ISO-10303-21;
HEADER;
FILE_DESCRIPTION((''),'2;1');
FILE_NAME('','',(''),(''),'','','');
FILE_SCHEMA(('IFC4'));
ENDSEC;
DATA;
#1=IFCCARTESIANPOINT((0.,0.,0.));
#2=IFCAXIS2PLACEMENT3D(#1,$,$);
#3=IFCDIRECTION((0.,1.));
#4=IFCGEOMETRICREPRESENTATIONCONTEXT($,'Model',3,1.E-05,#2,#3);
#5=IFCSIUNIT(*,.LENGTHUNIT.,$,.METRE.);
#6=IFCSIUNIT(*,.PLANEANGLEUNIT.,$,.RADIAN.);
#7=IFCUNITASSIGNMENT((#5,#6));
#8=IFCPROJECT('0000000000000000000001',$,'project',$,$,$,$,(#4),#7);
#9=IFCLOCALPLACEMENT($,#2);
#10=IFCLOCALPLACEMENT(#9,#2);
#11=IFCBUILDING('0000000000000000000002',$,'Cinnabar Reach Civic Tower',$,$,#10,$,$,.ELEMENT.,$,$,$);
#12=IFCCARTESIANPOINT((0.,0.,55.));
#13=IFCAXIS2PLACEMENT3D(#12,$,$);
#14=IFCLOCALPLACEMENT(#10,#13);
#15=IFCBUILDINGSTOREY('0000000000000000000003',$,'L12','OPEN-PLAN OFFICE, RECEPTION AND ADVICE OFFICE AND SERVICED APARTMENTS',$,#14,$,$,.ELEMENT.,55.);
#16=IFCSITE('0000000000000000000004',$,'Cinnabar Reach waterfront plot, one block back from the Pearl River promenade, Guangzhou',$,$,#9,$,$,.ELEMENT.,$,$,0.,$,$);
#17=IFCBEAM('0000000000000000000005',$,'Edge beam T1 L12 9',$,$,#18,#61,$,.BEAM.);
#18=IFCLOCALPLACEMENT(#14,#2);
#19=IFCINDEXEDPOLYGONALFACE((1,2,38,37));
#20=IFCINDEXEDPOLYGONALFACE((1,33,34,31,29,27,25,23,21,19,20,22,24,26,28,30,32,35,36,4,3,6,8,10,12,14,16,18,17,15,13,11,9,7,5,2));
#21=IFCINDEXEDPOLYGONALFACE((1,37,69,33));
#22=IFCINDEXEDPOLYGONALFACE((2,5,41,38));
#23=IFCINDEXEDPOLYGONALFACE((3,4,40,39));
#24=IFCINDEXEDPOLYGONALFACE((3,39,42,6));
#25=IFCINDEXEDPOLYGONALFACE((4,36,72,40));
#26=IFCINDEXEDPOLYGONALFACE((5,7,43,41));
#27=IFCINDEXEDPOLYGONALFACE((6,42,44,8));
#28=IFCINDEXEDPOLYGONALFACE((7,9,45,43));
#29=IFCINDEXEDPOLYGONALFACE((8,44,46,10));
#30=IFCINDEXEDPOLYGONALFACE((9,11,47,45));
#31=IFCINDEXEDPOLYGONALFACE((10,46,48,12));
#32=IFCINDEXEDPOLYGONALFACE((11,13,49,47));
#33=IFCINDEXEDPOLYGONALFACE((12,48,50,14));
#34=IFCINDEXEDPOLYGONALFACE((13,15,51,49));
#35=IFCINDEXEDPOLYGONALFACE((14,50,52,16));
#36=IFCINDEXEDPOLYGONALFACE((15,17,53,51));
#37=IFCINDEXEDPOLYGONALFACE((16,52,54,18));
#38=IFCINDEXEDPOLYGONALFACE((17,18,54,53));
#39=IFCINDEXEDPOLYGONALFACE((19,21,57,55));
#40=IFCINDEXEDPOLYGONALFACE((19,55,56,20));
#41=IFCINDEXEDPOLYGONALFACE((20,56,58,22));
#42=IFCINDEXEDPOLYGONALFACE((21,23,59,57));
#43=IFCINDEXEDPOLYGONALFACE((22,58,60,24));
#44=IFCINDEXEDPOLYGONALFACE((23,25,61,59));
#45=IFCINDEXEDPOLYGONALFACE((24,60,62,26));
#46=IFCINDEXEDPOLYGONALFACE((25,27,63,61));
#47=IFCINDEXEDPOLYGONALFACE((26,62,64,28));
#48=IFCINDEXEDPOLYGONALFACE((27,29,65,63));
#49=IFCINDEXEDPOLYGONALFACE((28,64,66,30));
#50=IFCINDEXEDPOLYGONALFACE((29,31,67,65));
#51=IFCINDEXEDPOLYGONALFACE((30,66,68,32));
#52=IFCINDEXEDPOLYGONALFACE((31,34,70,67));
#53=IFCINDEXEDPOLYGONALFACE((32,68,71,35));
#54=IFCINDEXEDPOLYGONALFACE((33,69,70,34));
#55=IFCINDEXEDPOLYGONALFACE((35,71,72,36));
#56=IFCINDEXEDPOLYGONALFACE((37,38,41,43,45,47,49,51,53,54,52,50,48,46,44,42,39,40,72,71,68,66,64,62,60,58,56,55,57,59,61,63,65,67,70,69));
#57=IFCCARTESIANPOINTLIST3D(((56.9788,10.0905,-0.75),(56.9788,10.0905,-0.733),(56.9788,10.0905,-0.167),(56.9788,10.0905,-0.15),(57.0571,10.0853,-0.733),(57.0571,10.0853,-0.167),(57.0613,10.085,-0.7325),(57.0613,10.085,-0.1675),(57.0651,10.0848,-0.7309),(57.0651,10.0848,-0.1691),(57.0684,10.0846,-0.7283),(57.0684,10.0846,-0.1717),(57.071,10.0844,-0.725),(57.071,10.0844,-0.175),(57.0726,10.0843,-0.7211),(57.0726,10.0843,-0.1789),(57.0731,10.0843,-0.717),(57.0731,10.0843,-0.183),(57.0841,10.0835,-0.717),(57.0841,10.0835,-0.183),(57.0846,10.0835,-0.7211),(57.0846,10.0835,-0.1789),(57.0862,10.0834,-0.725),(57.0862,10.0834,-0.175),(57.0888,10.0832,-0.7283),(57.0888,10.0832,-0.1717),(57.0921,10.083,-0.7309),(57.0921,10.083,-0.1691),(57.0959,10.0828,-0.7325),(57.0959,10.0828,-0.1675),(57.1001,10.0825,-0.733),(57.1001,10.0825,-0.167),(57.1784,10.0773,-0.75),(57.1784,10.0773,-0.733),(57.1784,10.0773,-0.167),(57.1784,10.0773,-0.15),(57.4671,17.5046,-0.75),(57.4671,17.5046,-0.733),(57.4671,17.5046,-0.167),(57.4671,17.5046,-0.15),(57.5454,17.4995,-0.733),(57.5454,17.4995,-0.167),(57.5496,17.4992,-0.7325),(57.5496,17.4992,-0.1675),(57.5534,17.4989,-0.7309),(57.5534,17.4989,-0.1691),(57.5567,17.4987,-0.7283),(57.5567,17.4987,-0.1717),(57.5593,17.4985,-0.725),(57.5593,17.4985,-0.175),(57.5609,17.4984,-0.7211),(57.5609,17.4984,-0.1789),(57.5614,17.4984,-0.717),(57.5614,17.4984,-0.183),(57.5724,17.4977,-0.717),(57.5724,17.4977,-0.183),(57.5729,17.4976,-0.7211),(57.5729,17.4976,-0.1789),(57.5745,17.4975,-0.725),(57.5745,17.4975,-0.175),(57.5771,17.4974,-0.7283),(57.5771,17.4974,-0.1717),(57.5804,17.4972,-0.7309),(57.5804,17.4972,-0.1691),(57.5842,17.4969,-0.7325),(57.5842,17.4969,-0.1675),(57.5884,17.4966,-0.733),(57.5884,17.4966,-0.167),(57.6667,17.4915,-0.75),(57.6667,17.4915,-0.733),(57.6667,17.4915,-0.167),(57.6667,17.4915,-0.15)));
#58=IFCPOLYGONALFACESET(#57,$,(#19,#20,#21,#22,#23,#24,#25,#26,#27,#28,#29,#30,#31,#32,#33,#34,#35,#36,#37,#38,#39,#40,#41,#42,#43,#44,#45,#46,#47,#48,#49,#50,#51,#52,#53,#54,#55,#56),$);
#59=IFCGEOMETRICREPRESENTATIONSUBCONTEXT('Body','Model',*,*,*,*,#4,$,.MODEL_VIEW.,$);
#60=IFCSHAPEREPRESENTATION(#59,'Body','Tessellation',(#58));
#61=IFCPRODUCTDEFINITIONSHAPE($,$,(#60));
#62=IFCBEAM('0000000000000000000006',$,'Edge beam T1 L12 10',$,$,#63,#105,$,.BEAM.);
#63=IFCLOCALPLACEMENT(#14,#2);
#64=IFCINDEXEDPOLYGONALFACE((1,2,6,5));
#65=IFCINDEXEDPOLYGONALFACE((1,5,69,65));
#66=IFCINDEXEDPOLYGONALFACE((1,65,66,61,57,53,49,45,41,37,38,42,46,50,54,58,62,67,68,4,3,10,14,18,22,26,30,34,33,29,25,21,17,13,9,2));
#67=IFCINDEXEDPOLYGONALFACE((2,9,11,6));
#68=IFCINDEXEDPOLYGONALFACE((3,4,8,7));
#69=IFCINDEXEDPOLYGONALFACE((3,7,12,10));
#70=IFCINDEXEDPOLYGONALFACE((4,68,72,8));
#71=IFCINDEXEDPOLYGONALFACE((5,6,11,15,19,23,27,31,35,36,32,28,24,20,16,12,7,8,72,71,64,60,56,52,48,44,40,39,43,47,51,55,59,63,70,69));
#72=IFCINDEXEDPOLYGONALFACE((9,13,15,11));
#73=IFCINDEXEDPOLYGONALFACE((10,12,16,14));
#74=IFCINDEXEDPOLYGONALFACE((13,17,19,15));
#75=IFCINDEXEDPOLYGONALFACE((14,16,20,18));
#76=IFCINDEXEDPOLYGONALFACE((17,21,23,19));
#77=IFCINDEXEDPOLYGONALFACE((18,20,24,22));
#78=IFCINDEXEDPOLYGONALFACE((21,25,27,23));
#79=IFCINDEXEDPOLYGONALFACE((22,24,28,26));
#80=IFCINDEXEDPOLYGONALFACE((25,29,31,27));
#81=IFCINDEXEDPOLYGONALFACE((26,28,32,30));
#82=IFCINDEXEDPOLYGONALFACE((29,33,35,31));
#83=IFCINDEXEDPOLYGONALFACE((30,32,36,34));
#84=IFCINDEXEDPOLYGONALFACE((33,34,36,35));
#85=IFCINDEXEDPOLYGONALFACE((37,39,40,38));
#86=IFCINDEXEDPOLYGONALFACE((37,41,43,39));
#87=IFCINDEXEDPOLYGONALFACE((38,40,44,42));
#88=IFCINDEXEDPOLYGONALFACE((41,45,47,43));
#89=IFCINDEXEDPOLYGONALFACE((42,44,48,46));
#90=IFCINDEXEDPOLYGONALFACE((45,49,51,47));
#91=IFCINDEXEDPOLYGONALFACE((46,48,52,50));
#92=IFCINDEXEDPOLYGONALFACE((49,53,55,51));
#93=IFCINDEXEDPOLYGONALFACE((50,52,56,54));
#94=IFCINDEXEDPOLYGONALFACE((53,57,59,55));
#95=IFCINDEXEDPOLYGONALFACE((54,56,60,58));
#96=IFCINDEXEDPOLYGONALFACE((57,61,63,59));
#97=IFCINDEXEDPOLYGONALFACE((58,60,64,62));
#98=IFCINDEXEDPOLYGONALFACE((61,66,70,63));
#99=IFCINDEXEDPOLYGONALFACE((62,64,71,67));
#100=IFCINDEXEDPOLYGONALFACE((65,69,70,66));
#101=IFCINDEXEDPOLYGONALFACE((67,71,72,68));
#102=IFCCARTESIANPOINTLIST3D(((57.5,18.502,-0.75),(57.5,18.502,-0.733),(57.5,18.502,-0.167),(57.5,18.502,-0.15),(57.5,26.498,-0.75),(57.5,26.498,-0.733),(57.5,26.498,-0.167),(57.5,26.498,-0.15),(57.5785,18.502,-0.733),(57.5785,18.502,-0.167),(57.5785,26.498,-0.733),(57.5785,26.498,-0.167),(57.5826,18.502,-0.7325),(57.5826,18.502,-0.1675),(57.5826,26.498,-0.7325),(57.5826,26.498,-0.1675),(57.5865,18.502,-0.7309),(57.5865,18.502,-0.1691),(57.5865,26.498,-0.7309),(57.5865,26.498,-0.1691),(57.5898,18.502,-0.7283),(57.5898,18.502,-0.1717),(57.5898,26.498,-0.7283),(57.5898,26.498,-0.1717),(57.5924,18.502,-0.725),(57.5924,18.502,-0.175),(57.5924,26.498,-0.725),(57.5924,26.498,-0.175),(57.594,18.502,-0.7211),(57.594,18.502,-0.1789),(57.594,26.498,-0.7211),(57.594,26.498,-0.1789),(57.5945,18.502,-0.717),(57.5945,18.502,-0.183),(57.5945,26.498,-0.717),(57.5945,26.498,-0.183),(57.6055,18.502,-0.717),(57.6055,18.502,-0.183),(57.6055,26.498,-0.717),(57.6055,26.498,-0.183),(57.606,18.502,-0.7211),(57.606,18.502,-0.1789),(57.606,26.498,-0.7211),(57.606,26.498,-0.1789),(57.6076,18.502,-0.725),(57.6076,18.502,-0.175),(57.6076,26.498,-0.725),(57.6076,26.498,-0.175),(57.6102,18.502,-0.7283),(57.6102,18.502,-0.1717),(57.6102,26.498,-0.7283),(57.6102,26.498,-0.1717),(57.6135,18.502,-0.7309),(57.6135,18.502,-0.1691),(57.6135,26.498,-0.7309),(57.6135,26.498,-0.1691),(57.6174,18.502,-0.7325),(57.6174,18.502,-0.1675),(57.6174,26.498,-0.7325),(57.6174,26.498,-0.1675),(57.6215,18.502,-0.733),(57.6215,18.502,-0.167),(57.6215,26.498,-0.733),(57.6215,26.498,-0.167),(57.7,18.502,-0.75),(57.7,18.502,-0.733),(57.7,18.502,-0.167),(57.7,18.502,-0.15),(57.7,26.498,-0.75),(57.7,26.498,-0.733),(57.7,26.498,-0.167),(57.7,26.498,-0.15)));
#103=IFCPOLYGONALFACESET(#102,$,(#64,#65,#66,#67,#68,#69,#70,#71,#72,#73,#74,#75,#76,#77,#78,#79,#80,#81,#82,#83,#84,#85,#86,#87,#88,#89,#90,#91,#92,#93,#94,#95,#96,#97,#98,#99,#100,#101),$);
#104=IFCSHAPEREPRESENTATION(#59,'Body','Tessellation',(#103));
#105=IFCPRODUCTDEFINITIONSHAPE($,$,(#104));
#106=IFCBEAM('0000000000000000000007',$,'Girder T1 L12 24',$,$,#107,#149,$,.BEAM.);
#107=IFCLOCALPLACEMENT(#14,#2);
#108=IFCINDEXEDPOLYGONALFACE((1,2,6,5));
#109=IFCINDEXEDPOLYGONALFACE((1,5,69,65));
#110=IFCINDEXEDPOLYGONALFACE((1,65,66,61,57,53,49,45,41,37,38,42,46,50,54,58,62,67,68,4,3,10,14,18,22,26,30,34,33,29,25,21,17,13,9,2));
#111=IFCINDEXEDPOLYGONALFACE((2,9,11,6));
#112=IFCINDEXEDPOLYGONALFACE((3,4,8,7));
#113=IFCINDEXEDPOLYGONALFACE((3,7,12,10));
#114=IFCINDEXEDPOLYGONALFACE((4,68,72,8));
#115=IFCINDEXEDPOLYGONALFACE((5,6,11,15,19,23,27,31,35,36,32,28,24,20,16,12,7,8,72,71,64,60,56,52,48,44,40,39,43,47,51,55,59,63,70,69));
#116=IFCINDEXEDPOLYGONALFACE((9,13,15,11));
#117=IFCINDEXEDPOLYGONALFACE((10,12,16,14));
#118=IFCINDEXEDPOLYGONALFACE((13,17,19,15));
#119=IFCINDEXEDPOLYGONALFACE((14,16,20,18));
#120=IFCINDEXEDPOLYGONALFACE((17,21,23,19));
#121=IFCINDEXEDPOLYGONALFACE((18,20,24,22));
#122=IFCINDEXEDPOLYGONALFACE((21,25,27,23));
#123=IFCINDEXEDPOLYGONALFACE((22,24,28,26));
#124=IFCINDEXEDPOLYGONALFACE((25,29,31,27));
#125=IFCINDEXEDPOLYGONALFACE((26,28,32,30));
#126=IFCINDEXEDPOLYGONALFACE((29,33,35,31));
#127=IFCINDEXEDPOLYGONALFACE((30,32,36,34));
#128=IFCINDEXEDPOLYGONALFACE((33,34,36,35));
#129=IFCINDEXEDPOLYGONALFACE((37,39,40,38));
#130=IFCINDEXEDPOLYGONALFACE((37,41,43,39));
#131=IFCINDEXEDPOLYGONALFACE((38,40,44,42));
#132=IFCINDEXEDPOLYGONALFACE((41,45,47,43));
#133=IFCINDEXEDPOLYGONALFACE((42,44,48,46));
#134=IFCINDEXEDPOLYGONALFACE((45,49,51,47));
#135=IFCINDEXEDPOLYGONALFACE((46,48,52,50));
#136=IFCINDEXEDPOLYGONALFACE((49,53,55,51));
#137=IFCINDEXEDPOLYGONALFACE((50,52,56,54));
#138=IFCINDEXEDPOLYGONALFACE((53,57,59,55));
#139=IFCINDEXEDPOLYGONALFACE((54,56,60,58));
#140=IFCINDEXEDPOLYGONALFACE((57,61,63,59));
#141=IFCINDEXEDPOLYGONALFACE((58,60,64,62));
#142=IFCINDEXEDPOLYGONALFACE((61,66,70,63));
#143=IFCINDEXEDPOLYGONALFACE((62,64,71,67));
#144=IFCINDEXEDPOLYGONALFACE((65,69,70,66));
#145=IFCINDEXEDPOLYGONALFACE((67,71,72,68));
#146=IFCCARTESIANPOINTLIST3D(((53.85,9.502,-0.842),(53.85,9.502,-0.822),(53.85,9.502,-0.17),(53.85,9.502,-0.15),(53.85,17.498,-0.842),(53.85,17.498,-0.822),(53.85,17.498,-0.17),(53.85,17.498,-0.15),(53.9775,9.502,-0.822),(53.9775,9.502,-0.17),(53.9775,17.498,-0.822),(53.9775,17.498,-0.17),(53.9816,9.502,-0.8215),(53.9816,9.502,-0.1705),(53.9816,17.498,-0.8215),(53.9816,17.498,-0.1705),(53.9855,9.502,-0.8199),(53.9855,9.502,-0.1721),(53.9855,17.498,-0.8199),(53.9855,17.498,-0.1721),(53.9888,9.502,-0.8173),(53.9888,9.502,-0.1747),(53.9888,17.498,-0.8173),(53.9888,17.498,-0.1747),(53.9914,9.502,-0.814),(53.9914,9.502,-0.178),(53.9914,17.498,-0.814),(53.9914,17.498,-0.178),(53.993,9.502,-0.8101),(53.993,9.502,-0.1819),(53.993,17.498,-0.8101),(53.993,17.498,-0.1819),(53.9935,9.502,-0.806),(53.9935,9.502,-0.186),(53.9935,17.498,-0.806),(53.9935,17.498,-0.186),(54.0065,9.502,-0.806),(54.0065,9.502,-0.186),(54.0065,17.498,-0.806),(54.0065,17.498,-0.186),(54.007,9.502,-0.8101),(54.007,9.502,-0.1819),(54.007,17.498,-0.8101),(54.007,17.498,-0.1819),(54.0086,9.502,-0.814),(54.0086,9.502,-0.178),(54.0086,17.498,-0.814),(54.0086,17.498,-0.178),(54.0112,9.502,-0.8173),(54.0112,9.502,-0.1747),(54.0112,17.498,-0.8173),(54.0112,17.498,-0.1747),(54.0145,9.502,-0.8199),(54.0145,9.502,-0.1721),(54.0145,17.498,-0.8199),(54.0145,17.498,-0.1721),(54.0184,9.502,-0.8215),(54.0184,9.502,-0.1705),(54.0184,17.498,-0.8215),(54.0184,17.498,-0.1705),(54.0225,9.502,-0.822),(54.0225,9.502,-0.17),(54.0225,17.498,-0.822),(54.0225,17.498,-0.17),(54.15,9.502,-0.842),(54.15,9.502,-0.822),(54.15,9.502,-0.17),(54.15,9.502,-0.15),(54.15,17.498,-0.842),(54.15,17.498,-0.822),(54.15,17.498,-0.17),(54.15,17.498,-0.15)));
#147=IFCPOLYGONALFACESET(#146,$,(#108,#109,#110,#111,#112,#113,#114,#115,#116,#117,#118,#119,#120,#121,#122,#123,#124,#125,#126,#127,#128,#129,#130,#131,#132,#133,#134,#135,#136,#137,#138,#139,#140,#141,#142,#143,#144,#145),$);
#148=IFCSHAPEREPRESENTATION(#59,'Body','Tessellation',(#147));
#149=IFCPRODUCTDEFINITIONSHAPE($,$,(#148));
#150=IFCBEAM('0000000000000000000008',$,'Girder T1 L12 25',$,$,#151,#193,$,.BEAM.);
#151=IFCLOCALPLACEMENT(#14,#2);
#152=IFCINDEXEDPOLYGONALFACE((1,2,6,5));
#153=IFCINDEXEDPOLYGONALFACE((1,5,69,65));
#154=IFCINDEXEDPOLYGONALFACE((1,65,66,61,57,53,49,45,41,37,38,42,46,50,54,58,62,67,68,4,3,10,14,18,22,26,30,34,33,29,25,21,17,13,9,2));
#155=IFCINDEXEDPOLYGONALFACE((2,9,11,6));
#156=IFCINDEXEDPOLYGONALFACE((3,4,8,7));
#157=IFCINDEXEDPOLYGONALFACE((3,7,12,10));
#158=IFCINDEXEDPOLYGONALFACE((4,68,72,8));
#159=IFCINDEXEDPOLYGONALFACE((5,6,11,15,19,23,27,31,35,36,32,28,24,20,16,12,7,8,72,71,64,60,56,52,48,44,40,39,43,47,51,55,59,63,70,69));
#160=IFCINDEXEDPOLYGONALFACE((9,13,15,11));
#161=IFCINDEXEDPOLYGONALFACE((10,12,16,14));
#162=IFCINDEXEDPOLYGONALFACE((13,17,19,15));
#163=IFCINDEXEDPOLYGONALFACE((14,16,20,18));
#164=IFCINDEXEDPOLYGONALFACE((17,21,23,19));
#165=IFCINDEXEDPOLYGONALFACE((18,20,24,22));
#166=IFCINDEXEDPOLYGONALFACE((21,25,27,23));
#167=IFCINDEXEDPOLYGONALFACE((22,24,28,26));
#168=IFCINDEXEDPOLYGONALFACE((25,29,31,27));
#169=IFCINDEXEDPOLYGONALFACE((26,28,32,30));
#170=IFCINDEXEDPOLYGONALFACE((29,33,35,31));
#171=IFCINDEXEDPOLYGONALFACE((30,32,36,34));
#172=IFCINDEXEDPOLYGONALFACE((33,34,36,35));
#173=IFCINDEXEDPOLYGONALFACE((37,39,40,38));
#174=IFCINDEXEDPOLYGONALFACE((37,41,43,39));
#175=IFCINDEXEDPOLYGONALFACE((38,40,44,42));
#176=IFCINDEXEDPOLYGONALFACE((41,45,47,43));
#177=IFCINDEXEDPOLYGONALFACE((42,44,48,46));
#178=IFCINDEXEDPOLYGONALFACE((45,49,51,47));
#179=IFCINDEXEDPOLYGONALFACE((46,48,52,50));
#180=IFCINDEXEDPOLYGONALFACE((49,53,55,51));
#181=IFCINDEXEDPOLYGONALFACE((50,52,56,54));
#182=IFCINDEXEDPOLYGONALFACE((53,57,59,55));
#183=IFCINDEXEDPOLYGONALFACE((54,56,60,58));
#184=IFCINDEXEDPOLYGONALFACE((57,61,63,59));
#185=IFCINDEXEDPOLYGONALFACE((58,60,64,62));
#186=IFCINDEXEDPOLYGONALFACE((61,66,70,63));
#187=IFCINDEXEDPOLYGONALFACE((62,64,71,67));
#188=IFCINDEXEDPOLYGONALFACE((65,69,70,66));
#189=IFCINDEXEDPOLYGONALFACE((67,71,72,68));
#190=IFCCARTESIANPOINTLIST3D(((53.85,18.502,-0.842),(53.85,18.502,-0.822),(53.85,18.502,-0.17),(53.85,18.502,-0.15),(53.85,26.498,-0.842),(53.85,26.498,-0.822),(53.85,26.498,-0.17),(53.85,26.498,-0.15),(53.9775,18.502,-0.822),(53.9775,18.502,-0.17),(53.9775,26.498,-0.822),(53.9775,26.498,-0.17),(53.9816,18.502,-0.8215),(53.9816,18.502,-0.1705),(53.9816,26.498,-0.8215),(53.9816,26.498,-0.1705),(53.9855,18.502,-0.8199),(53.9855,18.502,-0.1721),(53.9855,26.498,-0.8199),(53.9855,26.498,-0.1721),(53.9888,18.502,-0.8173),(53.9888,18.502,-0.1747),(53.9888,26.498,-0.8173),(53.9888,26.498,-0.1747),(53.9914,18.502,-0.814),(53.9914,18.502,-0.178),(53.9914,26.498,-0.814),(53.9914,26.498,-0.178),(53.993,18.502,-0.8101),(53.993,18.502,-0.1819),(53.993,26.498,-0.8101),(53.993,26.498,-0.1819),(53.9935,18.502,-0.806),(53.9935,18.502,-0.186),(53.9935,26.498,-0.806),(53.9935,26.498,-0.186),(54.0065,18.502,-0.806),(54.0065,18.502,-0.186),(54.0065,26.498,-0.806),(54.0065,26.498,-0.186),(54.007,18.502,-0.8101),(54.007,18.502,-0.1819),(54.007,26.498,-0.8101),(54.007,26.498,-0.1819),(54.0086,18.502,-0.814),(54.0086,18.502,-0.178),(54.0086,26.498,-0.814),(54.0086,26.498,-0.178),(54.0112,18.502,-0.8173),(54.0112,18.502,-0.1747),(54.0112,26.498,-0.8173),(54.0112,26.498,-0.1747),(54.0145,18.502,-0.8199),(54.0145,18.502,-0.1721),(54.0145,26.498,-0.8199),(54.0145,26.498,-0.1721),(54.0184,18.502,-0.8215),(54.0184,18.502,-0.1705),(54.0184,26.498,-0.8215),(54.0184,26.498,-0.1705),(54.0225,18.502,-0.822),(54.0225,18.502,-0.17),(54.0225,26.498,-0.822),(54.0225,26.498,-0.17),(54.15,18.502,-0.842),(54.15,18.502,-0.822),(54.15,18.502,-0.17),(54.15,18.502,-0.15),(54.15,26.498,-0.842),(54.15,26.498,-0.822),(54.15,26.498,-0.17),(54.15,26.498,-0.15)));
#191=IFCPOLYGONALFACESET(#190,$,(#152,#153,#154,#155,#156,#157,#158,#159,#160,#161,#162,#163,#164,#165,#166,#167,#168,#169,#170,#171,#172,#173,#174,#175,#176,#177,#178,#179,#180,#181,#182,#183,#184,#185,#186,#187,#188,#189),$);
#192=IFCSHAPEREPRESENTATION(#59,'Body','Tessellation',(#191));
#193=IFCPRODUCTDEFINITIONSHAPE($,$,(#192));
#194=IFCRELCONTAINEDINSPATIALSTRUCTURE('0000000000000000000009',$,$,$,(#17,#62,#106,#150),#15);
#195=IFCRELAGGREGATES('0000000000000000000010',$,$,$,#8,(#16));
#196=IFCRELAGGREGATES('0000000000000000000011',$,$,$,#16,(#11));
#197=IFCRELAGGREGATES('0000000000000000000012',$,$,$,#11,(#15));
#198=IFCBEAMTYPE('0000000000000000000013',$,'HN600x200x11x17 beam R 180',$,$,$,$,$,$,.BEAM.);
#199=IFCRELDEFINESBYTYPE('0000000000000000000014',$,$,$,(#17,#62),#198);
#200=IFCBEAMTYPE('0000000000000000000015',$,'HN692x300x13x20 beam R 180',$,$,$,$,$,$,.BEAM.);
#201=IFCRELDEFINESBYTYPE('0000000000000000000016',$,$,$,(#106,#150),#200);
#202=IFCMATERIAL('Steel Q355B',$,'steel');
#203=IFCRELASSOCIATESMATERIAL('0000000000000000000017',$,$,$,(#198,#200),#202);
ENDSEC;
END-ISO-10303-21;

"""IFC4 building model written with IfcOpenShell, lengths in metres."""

from ifc_helpers import new_model, si_unit, direction, frame, origin, origin_2d, place, context, subcontext, project, spatial, i_section, extrude, material, material_profile, profile_set, type_object, element, save


model = new_model("IFC4")

# Units and contexts
model_context = context("Model", 3, precision=1e-05, world=origin(), true_north=direction((0.0, 1.0)))
body_context = subcontext(model_context, "Body", "Model", "MODEL_VIEW")
ifc_project = project(units=[si_unit("LENGTHUNIT", "METRE"), si_unit("PLANEANGLEUNIT", "RADIAN")], contexts=[model_context])

# Site, building, storey
site_placement = place(None, origin())
site = spatial("IfcSite", under=ifc_project, at=site_placement, Name="Cinnabar Reach waterfront plot, one block back from the Pearl River promenade, Guangzhou", CompositionType="ELEMENT", RefElevation=0.0)
building_placement = place(site_placement, origin())
building = spatial("IfcBuilding", under=site, at=building_placement, Name="Cinnabar Reach Civic Tower", CompositionType="ELEMENT")
storey_placement = place(building_placement, frame((0.0, 0.0, 55.0)))
storey = spatial("IfcBuildingStorey", under=building, at=storey_placement, Name="L12", Description="OPEN-PLAN OFFICE, RECEPTION AND ADVICE OFFICE AND SERVICED APARTMENTS", CompositionType="ELEMENT", Elevation=55.0)

# Beams
ifc_material_1 = material(Name="Steel Q355B", Category="steel")
ifc_material_profile_1 = material_profile(ifc_material_1, i_section(OverallWidth=0.2, OverallDepth=0.6, WebThickness=0.011, FlangeThickness=0.017, FilletRadius=0.016, at=origin_2d()), Name="HN600x200x11x17")
ifc_profile_set_1 = profile_set([ifc_material_profile_1], Name="Steel Q355B")
beam_type_1 = type_object("IfcBeamType", Name="HN600x200x11x17 beam R 180", PredefinedType="BEAM", material=ifc_profile_set_1)
beam_1_placement = place(storey_placement, frame((57.0786, 10.0839, -0.45), z_axis=(0.065719, 0.997838, 0.0), x_axis=(-0.997838, 0.065719, 0.0)))
element("IfcBeam", 1, at=beam_1_placement, inside=storey, type_object=beam_type_1, Name="Edge beam T1 L12 9", PredefinedType="BEAM", context=body_context, shape_type="SweptSolid", body=[
    extrude(i_section(OverallWidth=0.2, OverallDepth=0.6, WebThickness=0.011, FlangeThickness=0.017, FilletRadius=0.016, at=origin_2d()), origin(), (0.0, 0.0, 1.0), 7.4302),
])
beam_2_placement = place(storey_placement, frame((57.6, 18.502, -0.45), z_axis=(0.0, 1.0, 0.0), x_axis=(-1.0, 0.0, 0.0)))
element("IfcBeam", 2, at=beam_2_placement, inside=storey, type_object=beam_type_1, Name="Edge beam T1 L12 10", PredefinedType="BEAM", context=body_context, shape_type="SweptSolid", body=[
    extrude(i_section(OverallWidth=0.2, OverallDepth=0.6, WebThickness=0.011, FlangeThickness=0.017, FilletRadius=0.016, at=origin_2d()), origin(), (0.0, 0.0, 1.0), 7.996),
])
ifc_material_profile_2 = material_profile(ifc_material_1, i_section(OverallWidth=0.3, OverallDepth=0.692, WebThickness=0.013, FlangeThickness=0.02, FilletRadius=0.016, at=origin_2d()), Name="HN692x300x13x20")
ifc_profile_set_2 = profile_set([ifc_material_profile_2], Name="Steel Q355B")
beam_type_2 = type_object("IfcBeamType", Name="HN692x300x13x20 beam R 180", PredefinedType="BEAM", material=ifc_profile_set_2)
for number, where, z_axis, x_axis, name in (
    (3, (54.0, 9.502, -0.496), (0.0, 1.0, 0.0), (-1.0, 0.0, 0.0), "Girder T1 L12 24"),
    (4, (54.0, 18.502, -0.496), (0.0, 1.0, 0.0), (-1.0, 0.0, 0.0), "Girder T1 L12 25"),
):
    element("IfcBeam", number, at=place(storey_placement, frame(where, z_axis=z_axis, x_axis=x_axis)), inside=storey, type_object=beam_type_2, Name=name, PredefinedType="BEAM", context=body_context, shape_type="SweptSolid", body=[
        extrude(i_section(OverallWidth=0.3, OverallDepth=0.692, WebThickness=0.013, FlangeThickness=0.02, FilletRadius=0.016, at=origin_2d()), origin(), (0.0, 0.0, 1.0), 7.996),
    ])

save(model, "model.ifc")
